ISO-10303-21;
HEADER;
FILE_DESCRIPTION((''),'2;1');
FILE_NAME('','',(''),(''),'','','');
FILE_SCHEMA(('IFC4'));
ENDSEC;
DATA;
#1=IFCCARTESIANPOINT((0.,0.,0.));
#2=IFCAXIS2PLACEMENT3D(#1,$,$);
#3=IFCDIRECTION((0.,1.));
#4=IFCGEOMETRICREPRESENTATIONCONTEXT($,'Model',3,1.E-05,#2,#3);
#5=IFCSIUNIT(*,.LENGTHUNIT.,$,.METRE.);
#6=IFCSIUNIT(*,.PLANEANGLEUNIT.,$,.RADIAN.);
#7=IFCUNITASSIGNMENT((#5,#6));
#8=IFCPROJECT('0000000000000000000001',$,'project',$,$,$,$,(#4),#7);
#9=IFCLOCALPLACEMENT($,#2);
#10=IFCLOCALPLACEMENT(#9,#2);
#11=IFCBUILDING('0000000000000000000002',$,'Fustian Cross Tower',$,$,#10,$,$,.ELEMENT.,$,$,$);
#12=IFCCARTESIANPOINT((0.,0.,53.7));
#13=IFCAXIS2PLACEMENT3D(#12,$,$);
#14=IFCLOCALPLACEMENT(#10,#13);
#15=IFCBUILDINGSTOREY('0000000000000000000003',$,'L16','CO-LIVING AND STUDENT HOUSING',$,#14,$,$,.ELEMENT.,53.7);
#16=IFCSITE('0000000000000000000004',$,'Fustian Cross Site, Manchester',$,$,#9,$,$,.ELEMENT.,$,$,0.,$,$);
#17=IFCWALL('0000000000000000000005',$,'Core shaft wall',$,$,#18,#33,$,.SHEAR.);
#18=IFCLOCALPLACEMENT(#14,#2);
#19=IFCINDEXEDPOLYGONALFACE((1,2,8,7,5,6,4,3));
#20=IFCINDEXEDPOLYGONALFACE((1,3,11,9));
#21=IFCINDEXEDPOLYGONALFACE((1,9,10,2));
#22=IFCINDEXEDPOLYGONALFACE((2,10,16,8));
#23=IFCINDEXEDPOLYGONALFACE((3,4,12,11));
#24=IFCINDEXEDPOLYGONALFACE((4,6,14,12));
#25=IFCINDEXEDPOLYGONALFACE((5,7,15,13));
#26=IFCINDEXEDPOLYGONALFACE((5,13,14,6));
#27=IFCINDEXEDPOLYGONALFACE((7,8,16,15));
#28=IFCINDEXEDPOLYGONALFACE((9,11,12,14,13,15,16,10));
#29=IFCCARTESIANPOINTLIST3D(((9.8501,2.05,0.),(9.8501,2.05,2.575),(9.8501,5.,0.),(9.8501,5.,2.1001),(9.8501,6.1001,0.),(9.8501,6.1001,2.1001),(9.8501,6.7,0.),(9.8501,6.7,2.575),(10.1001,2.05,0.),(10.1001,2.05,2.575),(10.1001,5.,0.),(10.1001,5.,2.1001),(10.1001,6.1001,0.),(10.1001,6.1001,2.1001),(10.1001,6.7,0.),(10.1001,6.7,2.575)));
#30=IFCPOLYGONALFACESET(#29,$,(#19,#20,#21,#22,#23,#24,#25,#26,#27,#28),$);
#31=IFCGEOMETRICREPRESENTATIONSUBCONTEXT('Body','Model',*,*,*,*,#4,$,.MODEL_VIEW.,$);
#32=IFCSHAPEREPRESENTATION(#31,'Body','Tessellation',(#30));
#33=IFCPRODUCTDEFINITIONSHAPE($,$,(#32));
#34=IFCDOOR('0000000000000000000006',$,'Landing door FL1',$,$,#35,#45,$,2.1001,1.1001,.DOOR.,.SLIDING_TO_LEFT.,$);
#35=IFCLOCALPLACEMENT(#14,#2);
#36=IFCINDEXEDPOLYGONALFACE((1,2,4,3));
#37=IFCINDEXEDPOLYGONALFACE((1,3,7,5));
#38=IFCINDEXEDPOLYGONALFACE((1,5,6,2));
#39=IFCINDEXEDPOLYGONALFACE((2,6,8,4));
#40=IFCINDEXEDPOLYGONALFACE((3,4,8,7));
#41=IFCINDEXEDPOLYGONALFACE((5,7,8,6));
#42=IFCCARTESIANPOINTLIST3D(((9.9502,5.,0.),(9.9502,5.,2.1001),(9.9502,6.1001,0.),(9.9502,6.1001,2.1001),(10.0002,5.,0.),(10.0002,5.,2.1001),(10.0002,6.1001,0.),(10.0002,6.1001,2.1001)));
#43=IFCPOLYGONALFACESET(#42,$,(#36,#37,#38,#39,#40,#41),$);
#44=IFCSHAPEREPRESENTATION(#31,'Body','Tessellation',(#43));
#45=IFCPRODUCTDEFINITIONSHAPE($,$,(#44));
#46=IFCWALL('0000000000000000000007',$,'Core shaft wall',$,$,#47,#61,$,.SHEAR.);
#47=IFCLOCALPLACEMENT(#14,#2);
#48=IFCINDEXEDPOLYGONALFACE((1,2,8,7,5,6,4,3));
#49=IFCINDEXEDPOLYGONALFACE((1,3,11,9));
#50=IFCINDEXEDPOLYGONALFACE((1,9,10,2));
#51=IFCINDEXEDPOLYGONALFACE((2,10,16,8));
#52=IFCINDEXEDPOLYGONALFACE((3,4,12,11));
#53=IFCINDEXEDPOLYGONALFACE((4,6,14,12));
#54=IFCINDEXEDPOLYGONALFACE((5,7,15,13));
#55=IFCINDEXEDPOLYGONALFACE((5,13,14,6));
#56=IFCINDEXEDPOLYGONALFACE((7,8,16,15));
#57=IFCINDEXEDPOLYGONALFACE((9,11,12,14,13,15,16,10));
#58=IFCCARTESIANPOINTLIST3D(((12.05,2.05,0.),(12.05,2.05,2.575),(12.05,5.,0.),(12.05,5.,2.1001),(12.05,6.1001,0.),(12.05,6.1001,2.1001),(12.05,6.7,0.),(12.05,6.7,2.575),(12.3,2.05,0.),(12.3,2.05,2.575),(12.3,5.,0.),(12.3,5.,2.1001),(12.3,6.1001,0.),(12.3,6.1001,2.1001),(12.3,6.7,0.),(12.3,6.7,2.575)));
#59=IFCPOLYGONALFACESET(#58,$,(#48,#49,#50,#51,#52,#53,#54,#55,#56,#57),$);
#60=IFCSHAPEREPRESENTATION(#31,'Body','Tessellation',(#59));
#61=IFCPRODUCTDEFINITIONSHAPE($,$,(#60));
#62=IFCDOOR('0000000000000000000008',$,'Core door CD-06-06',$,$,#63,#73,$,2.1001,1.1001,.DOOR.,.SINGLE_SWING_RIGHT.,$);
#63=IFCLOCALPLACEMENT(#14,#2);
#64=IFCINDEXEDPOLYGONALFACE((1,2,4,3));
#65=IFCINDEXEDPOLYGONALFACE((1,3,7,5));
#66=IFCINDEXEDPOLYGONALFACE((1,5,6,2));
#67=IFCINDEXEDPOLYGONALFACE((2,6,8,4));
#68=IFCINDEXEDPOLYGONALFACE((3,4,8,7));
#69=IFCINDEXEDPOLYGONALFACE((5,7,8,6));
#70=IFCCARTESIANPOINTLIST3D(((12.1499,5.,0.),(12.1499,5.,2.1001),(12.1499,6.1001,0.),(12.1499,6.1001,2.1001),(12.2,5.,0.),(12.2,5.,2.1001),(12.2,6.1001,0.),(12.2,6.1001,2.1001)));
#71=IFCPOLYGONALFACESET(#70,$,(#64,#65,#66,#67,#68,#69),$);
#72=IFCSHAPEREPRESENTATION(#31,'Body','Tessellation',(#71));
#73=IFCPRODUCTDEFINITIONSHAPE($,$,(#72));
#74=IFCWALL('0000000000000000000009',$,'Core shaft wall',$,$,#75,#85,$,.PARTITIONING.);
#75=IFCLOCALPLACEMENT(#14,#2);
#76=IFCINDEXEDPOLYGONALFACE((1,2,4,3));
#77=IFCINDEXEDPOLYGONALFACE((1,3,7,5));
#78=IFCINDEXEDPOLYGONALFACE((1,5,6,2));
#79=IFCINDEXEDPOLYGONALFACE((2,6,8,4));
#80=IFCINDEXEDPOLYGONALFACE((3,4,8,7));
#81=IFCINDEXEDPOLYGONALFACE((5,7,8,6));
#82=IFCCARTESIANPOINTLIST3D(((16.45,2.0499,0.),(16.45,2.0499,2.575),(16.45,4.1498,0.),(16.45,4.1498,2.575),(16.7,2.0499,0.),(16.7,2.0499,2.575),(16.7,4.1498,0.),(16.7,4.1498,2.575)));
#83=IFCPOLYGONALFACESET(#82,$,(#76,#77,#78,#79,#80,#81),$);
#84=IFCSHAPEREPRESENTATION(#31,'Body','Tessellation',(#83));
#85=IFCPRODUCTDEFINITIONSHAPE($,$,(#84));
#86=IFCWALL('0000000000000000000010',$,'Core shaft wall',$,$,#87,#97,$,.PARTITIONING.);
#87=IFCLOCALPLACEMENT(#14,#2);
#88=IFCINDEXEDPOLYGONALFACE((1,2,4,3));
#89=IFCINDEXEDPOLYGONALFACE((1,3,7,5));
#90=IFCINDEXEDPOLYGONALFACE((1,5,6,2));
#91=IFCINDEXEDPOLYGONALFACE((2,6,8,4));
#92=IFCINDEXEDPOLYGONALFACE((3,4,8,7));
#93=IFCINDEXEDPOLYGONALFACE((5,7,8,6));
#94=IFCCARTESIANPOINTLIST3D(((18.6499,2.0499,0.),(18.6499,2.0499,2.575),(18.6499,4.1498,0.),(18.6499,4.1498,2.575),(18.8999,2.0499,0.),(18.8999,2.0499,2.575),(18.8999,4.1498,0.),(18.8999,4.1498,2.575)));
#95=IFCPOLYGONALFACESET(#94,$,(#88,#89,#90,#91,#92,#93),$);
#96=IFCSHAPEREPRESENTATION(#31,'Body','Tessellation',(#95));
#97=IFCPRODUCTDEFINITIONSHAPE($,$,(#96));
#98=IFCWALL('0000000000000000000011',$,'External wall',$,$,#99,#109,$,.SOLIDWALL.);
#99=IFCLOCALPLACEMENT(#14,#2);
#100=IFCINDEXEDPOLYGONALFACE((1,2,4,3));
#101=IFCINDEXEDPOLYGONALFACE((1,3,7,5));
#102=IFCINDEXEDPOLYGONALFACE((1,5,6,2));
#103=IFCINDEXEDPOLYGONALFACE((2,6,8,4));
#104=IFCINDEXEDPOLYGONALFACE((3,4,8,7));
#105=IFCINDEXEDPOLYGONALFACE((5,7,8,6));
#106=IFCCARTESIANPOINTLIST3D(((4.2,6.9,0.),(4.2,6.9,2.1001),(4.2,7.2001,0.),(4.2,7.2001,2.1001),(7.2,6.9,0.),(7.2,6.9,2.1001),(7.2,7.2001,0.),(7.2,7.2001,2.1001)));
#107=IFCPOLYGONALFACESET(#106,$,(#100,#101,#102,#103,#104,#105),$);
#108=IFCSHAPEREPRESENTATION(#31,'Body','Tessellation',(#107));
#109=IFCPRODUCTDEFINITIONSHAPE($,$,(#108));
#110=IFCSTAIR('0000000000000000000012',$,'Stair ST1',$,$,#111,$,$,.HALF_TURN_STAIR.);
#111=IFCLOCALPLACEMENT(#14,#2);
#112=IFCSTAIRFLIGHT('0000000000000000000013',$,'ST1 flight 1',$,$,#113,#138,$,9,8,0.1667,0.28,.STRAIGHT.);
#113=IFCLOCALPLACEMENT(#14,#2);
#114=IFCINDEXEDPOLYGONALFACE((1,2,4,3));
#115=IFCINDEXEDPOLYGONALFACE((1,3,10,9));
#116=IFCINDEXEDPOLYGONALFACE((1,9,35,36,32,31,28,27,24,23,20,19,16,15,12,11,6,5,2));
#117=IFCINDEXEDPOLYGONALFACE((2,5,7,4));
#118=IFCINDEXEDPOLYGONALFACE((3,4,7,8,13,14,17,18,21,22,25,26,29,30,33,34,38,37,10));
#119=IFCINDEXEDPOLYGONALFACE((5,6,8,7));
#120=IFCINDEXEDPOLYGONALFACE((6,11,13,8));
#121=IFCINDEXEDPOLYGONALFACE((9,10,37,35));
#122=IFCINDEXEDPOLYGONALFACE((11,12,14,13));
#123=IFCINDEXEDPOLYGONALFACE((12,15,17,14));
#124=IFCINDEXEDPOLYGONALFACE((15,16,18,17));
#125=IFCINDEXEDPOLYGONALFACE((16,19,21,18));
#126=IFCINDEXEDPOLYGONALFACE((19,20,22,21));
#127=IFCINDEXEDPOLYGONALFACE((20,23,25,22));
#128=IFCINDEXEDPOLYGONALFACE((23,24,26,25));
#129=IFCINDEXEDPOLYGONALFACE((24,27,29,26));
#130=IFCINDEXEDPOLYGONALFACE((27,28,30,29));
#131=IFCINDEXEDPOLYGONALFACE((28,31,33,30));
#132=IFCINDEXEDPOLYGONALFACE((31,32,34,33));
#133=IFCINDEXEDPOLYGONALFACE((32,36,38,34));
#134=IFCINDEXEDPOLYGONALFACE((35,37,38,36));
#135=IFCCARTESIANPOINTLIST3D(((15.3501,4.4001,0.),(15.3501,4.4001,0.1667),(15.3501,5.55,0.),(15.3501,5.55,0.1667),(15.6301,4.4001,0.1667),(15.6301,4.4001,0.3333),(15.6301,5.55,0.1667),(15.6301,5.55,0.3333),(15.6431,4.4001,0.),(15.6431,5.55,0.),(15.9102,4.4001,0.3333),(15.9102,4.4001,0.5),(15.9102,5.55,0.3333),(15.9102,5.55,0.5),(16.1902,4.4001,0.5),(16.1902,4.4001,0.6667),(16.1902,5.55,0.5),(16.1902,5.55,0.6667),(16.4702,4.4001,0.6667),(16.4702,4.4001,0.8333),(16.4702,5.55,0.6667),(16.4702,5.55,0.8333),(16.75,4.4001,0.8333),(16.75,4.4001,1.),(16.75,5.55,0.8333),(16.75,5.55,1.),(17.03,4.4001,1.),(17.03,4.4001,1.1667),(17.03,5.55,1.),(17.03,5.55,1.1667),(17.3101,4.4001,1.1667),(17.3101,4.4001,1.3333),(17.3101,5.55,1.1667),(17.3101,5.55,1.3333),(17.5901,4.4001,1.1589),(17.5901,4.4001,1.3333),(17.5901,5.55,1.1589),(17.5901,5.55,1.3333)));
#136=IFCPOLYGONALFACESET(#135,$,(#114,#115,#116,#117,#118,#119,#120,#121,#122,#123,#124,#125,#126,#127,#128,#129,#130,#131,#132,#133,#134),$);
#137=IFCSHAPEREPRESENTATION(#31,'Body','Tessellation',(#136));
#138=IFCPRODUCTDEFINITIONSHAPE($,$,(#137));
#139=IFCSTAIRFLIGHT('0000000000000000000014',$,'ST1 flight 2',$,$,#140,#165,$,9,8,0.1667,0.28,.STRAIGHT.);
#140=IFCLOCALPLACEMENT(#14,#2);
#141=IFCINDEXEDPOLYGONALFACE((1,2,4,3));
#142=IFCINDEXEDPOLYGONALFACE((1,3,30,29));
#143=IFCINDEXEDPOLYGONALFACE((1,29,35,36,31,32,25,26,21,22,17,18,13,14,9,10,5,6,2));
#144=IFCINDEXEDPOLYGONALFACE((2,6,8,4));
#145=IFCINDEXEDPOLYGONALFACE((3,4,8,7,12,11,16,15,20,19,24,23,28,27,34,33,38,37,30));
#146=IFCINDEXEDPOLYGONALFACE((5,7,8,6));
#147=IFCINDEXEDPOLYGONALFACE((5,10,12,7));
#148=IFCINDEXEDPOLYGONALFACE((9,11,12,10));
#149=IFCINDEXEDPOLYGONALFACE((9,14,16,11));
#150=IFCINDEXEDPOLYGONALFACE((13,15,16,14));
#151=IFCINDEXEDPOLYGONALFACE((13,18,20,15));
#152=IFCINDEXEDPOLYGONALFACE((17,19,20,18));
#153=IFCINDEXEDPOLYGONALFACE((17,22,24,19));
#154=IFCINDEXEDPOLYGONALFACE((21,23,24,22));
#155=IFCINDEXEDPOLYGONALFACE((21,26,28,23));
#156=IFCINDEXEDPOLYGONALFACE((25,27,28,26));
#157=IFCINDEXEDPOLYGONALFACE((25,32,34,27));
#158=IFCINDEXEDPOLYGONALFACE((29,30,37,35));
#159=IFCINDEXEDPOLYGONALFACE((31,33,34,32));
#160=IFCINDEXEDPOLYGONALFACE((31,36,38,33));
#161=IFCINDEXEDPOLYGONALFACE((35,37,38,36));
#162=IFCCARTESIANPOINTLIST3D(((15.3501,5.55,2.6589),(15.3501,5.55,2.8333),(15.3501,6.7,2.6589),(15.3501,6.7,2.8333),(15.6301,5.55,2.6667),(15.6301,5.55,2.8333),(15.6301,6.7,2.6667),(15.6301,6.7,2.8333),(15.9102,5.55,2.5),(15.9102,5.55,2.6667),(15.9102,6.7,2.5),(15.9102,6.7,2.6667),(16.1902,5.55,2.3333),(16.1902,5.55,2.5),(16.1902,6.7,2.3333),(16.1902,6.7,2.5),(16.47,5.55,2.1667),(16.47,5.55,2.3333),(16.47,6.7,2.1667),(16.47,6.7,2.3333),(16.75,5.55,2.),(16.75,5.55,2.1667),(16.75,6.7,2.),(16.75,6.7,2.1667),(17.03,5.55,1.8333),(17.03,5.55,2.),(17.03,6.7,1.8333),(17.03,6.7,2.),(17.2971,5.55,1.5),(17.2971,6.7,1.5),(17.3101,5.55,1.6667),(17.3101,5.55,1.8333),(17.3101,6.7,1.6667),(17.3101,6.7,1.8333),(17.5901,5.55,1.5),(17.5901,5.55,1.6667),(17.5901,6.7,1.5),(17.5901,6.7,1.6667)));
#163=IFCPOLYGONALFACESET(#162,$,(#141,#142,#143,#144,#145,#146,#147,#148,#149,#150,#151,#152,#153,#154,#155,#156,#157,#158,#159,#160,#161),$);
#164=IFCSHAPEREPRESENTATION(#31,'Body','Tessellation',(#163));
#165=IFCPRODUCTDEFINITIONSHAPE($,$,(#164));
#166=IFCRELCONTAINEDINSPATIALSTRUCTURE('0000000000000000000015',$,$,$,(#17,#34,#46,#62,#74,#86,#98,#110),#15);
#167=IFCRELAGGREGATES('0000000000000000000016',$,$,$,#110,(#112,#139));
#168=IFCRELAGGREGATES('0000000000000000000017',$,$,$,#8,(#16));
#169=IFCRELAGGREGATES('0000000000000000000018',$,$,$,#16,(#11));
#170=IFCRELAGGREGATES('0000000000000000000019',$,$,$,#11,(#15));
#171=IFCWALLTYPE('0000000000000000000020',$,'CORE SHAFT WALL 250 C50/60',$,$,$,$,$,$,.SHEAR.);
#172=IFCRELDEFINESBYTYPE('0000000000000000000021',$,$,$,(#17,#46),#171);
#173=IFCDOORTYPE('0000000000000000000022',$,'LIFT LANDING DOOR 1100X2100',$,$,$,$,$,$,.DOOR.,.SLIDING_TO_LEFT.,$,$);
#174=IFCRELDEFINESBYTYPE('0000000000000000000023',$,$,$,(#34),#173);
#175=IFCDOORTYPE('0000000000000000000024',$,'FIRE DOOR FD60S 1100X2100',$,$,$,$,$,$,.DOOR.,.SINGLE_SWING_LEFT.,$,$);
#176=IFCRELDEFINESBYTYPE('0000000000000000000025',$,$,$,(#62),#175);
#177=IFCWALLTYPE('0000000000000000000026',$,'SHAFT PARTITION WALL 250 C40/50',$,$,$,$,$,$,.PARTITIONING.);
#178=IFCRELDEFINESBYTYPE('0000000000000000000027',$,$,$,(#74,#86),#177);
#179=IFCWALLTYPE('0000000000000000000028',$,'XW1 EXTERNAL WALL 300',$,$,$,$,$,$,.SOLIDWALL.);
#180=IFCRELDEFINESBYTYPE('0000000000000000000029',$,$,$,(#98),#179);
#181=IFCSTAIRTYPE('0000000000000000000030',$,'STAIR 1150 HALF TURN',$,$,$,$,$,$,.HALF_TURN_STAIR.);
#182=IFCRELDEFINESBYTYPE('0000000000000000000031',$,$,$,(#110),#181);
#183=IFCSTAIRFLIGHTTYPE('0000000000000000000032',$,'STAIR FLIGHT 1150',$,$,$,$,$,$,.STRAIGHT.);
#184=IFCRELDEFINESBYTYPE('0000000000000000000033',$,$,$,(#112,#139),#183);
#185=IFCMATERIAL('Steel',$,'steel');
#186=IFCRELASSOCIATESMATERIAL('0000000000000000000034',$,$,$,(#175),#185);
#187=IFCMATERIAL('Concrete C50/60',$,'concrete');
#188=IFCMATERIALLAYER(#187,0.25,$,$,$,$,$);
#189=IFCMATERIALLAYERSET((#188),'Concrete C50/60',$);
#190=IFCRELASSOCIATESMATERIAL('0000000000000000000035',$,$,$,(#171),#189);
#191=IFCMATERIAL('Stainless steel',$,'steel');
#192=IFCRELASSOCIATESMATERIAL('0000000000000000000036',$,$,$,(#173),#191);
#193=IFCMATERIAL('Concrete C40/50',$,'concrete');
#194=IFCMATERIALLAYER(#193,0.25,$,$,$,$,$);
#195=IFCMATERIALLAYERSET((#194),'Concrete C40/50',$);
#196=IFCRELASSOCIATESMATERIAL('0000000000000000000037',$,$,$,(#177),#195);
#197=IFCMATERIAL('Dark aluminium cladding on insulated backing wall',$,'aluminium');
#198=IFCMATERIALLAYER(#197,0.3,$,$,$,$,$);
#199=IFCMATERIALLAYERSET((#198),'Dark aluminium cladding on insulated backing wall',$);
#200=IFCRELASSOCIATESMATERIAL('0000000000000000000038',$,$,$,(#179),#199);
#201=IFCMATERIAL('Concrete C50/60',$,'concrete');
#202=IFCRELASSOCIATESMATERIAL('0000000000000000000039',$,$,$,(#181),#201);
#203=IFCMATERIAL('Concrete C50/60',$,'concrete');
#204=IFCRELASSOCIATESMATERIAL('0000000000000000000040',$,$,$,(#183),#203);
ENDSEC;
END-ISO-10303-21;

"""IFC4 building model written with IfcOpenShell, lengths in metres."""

from ifc_helpers import new_model, si_unit, direction, frame, frame_2d, origin, place, context, subcontext, project, spatial, polyline, rectangle, outline, extrude, material, layer, layer_set, type_object, element, fill, aggregate, save


model = new_model("IFC4")

# Units and contexts
model_context = context("Model", 3, precision=1e-05, world=origin(), true_north=direction((0.0, 1.0)))
body_context = subcontext(model_context, "Body", "Model", "MODEL_VIEW")
ifc_project = project(units=[si_unit("LENGTHUNIT", "METRE"), si_unit("PLANEANGLEUNIT", "RADIAN")], contexts=[model_context])

# Site, building, storey
site_placement = place(None, origin())
site = spatial("IfcSite", under=ifc_project, at=site_placement, Name="Fustian Cross Site, Manchester", CompositionType="ELEMENT", RefElevation=0.0)
building_placement = place(site_placement, origin())
building = spatial("IfcBuilding", under=site, at=building_placement, Name="Fustian Cross Tower", CompositionType="ELEMENT")
storey_placement = place(building_placement, frame((0.0, 0.0, 53.7)))
storey = spatial("IfcBuildingStorey", under=building, at=storey_placement, Name="L16", Description="CO-LIVING AND STUDENT HOUSING", CompositionType="ELEMENT", Elevation=53.7)

# Shared definitions
ifc_material_1 = material(Name="Steel", Category="steel")
door_type_1 = type_object("IfcDoorType", Name="FIRE DOOR FD60S 1100X2100", OperationType="SINGLE_SWING_LEFT", PredefinedType="DOOR", material=ifc_material_1)

# Shared definitions
ifc_material_2 = material(Name="Concrete C50/60", Category="concrete")
ifc_layer_1 = layer(ifc_material_2, 0.25)
ifc_layer_set_1 = layer_set([ifc_layer_1], Name="Concrete C50/60")
wall_type_1 = type_object("IfcWallType", Name="CORE SHAFT WALL 250 C50/60", PredefinedType="SHEAR", material=ifc_layer_set_1)

# Walls, openings, doors
wall_1_placement = place(storey_placement, frame((9.9751, 2.05, 0.0), z_axis=(0.0, 0.0, 1.0), x_axis=(0.0, 1.0, 0.0)))
wall_1 = element("IfcWall", 1, at=wall_1_placement, inside=storey, type_object=wall_type_1, Name="Core shaft wall", PredefinedType="SHEAR", context=body_context, shape_type="SweptSolid", body=[
    extrude(rectangle(XDim=4.6499, YDim=0.25, at=frame_2d((2.325, 0.0))), origin(), (0.0, 0.0, 1.0), 2.575),
])
opening_1_placement = place(wall_1_placement, frame((2.95, 0.0, 0.0)))
opening_1 = element("IfcOpeningElement", 2, at=opening_1_placement, cuts=wall_1, PredefinedType="OPENING", context=body_context, shape_type="SweptSolid", body=[
    extrude(rectangle(XDim=1.1001, YDim=2.1001, at=frame_2d((0.55, 1.05))), frame((0.0, 0.135, 0.0), z_axis=(0.0, -1.0, 0.0), x_axis=(1.0, 0.0, 0.0)), (0.0, 0.0, 1.0), 0.27),
])
ifc_material_3 = material(Name="Stainless steel", Category="steel")
door_type_2 = type_object("IfcDoorType", Name="LIFT LANDING DOOR 1100X2100", OperationType="SLIDING_TO_LEFT", PredefinedType="DOOR", material=ifc_material_3)
door_1_placement = place(opening_1_placement, origin())
door_1 = element("IfcDoor", 3, at=door_1_placement, inside=storey, type_object=door_type_2, Name="Landing door FL1", OperationType="SLIDING_TO_LEFT", OverallHeight=2.1001, OverallWidth=1.1001, PredefinedType="DOOR", context=body_context, shape_type="SweptSolid", body=[
    extrude(rectangle(XDim=1.1001, YDim=2.1001, at=frame_2d((0.55, 1.05))), frame((0.0, 0.0249, 0.0), z_axis=(0.0, -1.0, 0.0), x_axis=(1.0, 0.0, 0.0)), (0.0, 0.0, 1.0), 0.05),
])
fill(opening_1, door_1)
wall_2_placement = place(storey_placement, frame((12.175, 2.05, 0.0), z_axis=(0.0, 0.0, 1.0), x_axis=(0.0, 1.0, 0.0)))
wall_2 = element("IfcWall", 4, at=wall_2_placement, inside=storey, type_object=wall_type_1, Name="Core shaft wall", PredefinedType="SHEAR", context=body_context, shape_type="SweptSolid", body=[
    extrude(rectangle(XDim=4.6499, YDim=0.25, at=frame_2d((2.325, 0.0))), origin(), (0.0, 0.0, 1.0), 2.575),
])
opening_2_placement = place(wall_2_placement, frame((2.95, 0.0, 0.0)))
opening_2 = element("IfcOpeningElement", 5, at=opening_2_placement, cuts=wall_2, PredefinedType="OPENING", context=body_context, shape_type="SweptSolid", body=[
    extrude(rectangle(XDim=1.1001, YDim=2.1001, at=frame_2d((0.55, 1.05))), frame((0.0, 0.135, 0.0), z_axis=(0.0, -1.0, 0.0), x_axis=(1.0, 0.0, 0.0)), (0.0, 0.0, 1.0), 0.27),
])
door_2_placement = place(opening_2_placement, frame((1.1001, 0.0, 0.0), z_axis=(0.0, 0.0, 1.0), x_axis=(-1.0, 0.0, 0.0)))
door_2 = element("IfcDoor", 6, at=door_2_placement, inside=storey, type_object=door_type_1, Name="Core door CD-06-06", OperationType="SINGLE_SWING_RIGHT", OverallHeight=2.1001, OverallWidth=1.1001, PredefinedType="DOOR", context=body_context, shape_type="SweptSolid", body=[
    extrude(rectangle(XDim=1.1001, YDim=2.1001, at=frame_2d((0.55, 1.05))), frame((0.0, 0.0249, 0.0), z_axis=(0.0, -1.0, 0.0), x_axis=(1.0, 0.0, 0.0)), (0.0, 0.0, 1.0), 0.05),
])
fill(opening_2, door_2)

# Walls
ifc_material_4 = material(Name="Concrete C40/50", Category="concrete")
ifc_layer_2 = layer(ifc_material_4, 0.25)
ifc_layer_set_2 = layer_set([ifc_layer_2], Name="Concrete C40/50")
wall_type_2 = type_object("IfcWallType", Name="SHAFT PARTITION WALL 250 C40/50", PredefinedType="PARTITIONING", material=ifc_layer_set_2)
for number, where, z_axis, x_axis, name in (
    (7, (16.575, 2.05, 0.0), (0.0, 0.0, 1.0), (0.0, 1.0, 0.0), "Core shaft wall"),
    (8, (18.7749, 2.05, 0.0), (0.0, 0.0, 1.0), (0.0, 1.0, 0.0), "Core shaft wall"),
):
    element("IfcWall", number, at=place(storey_placement, frame(where, z_axis=z_axis, x_axis=x_axis)), inside=storey, type_object=wall_type_2, Name=name, PredefinedType="PARTITIONING", context=body_context, shape_type="SweptSolid", body=[
        extrude(rectangle(XDim=2.0999, YDim=0.25, at=frame_2d((1.0498, 0.0))), origin(), (0.0, 0.0, 1.0), 2.575),
    ])
ifc_material_5 = material(Name="Dark aluminium cladding on insulated backing wall", Category="aluminium")
ifc_layer_3 = layer(ifc_material_5, 0.3)
ifc_layer_set_3 = layer_set([ifc_layer_3], Name="Dark aluminium cladding on insulated backing wall")
wall_type_3 = type_object("IfcWallType", Name="XW1 EXTERNAL WALL 300", PredefinedType="SOLIDWALL", material=ifc_layer_set_3)
wall_3_placement = place(storey_placement, frame((7.2, 7.05, 0.0), z_axis=(0.0, 0.0, 1.0), x_axis=(-1.0, 0.0, 0.0)))
element("IfcWall", 9, at=wall_3_placement, inside=storey, type_object=wall_type_3, Name="External wall", PredefinedType="SOLIDWALL", context=body_context, shape_type="SweptSolid", body=[
    extrude(rectangle(XDim=3.0, YDim=0.3, at=frame_2d((1.5, 0.0))), origin(), (0.0, 0.0, 1.0), 2.1001),
])

# Stair, stair flights
ifc_material_6 = material(Name="Concrete C50/60", Category="concrete")
stair_type = type_object("IfcStairType", Name="STAIR 1150 HALF TURN", PredefinedType="HALF_TURN_STAIR", material=ifc_material_6)
stair_placement = place(storey_placement, origin())
stair = element("IfcStair", 10, at=stair_placement, inside=storey, type_object=stair_type, Name="Stair ST1", PredefinedType="HALF_TURN_STAIR")
ifc_material_7 = material(Name="Concrete C50/60", Category="concrete")
stair_flight_type = type_object("IfcStairFlightType", Name="STAIR FLIGHT 1150", PredefinedType="STRAIGHT", material=ifc_material_7)
stair_flight_1_placement = place(storey_placement, frame((15.3501, 4.9751, 0.0), z_axis=(0.0, 0.0, 1.0), x_axis=(1.0, 0.0, 0.0)))
stair_flight_1 = element("IfcStairFlight", 11, at=stair_flight_1_placement, type_object=stair_flight_type, Name="ST1 flight 1", NumberOfRisers=9, NumberOfTreads=8, PredefinedType="STRAIGHT", RiserHeight=0.1667, TreadLength=0.28, context=body_context, shape_type="SweptSolid", body=[
    extrude(outline(polyline([(0.0, 0.0), (0.0, 0.1667), (0.28, 0.1667), (0.28, 0.3333), (0.5601, 0.3333), (0.5601, 0.5), (0.8401, 0.5), (0.8401, 0.6667), (1.1201, 0.6667), (1.1201, 0.8333), (1.3999, 0.8333), (1.3999, 1.0), (1.6799, 1.0), (1.6799, 1.1667), (1.96, 1.1667), (1.96, 1.3333), (2.24, 1.3333), (2.24, 1.5), (2.24, 1.1589), (0.293, 0.0), (0.0, 0.0)])), frame((0.0, 0.575, 0.0), z_axis=(0.0, -1.0, 0.0), x_axis=(1.0, 0.0, 0.0)), (0.0, 0.0, 1.0), 1.1499),
])
stair_flight_2_placement = place(storey_placement, frame((17.5901, 6.125, 1.5), z_axis=(0.0, 0.0, 1.0), x_axis=(-1.0, 0.0, 0.0)))
stair_flight_2 = element("IfcStairFlight", 12, at=stair_flight_2_placement, type_object=stair_flight_type, Name="ST1 flight 2", NumberOfRisers=9, NumberOfTreads=8, PredefinedType="STRAIGHT", RiserHeight=0.1667, TreadLength=0.28, context=body_context, shape_type="SweptSolid", body=[
    extrude(outline(polyline([(0.0, 0.0), (0.0, 0.1667), (0.28, 0.1667), (0.28, 0.3333), (0.5601, 0.3333), (0.5601, 0.5), (0.8401, 0.5), (0.8401, 0.6667), (1.1201, 0.6667), (1.1201, 0.8333), (1.3999, 0.8333), (1.3999, 1.0), (1.6799, 1.0), (1.6799, 1.1667), (1.96, 1.1667), (1.96, 1.3333), (2.24, 1.3333), (2.24, 1.5), (2.24, 1.1589), (0.293, 0.0), (0.0, 0.0)])), frame((0.0, 0.575, 0.0), z_axis=(0.0, -1.0, 0.0), x_axis=(1.0, 0.0, 0.0)), (0.0, 0.0, 1.0), 1.1499),
])
aggregate(stair, [stair_flight_1, stair_flight_2])

save(model, "model.ifc")
